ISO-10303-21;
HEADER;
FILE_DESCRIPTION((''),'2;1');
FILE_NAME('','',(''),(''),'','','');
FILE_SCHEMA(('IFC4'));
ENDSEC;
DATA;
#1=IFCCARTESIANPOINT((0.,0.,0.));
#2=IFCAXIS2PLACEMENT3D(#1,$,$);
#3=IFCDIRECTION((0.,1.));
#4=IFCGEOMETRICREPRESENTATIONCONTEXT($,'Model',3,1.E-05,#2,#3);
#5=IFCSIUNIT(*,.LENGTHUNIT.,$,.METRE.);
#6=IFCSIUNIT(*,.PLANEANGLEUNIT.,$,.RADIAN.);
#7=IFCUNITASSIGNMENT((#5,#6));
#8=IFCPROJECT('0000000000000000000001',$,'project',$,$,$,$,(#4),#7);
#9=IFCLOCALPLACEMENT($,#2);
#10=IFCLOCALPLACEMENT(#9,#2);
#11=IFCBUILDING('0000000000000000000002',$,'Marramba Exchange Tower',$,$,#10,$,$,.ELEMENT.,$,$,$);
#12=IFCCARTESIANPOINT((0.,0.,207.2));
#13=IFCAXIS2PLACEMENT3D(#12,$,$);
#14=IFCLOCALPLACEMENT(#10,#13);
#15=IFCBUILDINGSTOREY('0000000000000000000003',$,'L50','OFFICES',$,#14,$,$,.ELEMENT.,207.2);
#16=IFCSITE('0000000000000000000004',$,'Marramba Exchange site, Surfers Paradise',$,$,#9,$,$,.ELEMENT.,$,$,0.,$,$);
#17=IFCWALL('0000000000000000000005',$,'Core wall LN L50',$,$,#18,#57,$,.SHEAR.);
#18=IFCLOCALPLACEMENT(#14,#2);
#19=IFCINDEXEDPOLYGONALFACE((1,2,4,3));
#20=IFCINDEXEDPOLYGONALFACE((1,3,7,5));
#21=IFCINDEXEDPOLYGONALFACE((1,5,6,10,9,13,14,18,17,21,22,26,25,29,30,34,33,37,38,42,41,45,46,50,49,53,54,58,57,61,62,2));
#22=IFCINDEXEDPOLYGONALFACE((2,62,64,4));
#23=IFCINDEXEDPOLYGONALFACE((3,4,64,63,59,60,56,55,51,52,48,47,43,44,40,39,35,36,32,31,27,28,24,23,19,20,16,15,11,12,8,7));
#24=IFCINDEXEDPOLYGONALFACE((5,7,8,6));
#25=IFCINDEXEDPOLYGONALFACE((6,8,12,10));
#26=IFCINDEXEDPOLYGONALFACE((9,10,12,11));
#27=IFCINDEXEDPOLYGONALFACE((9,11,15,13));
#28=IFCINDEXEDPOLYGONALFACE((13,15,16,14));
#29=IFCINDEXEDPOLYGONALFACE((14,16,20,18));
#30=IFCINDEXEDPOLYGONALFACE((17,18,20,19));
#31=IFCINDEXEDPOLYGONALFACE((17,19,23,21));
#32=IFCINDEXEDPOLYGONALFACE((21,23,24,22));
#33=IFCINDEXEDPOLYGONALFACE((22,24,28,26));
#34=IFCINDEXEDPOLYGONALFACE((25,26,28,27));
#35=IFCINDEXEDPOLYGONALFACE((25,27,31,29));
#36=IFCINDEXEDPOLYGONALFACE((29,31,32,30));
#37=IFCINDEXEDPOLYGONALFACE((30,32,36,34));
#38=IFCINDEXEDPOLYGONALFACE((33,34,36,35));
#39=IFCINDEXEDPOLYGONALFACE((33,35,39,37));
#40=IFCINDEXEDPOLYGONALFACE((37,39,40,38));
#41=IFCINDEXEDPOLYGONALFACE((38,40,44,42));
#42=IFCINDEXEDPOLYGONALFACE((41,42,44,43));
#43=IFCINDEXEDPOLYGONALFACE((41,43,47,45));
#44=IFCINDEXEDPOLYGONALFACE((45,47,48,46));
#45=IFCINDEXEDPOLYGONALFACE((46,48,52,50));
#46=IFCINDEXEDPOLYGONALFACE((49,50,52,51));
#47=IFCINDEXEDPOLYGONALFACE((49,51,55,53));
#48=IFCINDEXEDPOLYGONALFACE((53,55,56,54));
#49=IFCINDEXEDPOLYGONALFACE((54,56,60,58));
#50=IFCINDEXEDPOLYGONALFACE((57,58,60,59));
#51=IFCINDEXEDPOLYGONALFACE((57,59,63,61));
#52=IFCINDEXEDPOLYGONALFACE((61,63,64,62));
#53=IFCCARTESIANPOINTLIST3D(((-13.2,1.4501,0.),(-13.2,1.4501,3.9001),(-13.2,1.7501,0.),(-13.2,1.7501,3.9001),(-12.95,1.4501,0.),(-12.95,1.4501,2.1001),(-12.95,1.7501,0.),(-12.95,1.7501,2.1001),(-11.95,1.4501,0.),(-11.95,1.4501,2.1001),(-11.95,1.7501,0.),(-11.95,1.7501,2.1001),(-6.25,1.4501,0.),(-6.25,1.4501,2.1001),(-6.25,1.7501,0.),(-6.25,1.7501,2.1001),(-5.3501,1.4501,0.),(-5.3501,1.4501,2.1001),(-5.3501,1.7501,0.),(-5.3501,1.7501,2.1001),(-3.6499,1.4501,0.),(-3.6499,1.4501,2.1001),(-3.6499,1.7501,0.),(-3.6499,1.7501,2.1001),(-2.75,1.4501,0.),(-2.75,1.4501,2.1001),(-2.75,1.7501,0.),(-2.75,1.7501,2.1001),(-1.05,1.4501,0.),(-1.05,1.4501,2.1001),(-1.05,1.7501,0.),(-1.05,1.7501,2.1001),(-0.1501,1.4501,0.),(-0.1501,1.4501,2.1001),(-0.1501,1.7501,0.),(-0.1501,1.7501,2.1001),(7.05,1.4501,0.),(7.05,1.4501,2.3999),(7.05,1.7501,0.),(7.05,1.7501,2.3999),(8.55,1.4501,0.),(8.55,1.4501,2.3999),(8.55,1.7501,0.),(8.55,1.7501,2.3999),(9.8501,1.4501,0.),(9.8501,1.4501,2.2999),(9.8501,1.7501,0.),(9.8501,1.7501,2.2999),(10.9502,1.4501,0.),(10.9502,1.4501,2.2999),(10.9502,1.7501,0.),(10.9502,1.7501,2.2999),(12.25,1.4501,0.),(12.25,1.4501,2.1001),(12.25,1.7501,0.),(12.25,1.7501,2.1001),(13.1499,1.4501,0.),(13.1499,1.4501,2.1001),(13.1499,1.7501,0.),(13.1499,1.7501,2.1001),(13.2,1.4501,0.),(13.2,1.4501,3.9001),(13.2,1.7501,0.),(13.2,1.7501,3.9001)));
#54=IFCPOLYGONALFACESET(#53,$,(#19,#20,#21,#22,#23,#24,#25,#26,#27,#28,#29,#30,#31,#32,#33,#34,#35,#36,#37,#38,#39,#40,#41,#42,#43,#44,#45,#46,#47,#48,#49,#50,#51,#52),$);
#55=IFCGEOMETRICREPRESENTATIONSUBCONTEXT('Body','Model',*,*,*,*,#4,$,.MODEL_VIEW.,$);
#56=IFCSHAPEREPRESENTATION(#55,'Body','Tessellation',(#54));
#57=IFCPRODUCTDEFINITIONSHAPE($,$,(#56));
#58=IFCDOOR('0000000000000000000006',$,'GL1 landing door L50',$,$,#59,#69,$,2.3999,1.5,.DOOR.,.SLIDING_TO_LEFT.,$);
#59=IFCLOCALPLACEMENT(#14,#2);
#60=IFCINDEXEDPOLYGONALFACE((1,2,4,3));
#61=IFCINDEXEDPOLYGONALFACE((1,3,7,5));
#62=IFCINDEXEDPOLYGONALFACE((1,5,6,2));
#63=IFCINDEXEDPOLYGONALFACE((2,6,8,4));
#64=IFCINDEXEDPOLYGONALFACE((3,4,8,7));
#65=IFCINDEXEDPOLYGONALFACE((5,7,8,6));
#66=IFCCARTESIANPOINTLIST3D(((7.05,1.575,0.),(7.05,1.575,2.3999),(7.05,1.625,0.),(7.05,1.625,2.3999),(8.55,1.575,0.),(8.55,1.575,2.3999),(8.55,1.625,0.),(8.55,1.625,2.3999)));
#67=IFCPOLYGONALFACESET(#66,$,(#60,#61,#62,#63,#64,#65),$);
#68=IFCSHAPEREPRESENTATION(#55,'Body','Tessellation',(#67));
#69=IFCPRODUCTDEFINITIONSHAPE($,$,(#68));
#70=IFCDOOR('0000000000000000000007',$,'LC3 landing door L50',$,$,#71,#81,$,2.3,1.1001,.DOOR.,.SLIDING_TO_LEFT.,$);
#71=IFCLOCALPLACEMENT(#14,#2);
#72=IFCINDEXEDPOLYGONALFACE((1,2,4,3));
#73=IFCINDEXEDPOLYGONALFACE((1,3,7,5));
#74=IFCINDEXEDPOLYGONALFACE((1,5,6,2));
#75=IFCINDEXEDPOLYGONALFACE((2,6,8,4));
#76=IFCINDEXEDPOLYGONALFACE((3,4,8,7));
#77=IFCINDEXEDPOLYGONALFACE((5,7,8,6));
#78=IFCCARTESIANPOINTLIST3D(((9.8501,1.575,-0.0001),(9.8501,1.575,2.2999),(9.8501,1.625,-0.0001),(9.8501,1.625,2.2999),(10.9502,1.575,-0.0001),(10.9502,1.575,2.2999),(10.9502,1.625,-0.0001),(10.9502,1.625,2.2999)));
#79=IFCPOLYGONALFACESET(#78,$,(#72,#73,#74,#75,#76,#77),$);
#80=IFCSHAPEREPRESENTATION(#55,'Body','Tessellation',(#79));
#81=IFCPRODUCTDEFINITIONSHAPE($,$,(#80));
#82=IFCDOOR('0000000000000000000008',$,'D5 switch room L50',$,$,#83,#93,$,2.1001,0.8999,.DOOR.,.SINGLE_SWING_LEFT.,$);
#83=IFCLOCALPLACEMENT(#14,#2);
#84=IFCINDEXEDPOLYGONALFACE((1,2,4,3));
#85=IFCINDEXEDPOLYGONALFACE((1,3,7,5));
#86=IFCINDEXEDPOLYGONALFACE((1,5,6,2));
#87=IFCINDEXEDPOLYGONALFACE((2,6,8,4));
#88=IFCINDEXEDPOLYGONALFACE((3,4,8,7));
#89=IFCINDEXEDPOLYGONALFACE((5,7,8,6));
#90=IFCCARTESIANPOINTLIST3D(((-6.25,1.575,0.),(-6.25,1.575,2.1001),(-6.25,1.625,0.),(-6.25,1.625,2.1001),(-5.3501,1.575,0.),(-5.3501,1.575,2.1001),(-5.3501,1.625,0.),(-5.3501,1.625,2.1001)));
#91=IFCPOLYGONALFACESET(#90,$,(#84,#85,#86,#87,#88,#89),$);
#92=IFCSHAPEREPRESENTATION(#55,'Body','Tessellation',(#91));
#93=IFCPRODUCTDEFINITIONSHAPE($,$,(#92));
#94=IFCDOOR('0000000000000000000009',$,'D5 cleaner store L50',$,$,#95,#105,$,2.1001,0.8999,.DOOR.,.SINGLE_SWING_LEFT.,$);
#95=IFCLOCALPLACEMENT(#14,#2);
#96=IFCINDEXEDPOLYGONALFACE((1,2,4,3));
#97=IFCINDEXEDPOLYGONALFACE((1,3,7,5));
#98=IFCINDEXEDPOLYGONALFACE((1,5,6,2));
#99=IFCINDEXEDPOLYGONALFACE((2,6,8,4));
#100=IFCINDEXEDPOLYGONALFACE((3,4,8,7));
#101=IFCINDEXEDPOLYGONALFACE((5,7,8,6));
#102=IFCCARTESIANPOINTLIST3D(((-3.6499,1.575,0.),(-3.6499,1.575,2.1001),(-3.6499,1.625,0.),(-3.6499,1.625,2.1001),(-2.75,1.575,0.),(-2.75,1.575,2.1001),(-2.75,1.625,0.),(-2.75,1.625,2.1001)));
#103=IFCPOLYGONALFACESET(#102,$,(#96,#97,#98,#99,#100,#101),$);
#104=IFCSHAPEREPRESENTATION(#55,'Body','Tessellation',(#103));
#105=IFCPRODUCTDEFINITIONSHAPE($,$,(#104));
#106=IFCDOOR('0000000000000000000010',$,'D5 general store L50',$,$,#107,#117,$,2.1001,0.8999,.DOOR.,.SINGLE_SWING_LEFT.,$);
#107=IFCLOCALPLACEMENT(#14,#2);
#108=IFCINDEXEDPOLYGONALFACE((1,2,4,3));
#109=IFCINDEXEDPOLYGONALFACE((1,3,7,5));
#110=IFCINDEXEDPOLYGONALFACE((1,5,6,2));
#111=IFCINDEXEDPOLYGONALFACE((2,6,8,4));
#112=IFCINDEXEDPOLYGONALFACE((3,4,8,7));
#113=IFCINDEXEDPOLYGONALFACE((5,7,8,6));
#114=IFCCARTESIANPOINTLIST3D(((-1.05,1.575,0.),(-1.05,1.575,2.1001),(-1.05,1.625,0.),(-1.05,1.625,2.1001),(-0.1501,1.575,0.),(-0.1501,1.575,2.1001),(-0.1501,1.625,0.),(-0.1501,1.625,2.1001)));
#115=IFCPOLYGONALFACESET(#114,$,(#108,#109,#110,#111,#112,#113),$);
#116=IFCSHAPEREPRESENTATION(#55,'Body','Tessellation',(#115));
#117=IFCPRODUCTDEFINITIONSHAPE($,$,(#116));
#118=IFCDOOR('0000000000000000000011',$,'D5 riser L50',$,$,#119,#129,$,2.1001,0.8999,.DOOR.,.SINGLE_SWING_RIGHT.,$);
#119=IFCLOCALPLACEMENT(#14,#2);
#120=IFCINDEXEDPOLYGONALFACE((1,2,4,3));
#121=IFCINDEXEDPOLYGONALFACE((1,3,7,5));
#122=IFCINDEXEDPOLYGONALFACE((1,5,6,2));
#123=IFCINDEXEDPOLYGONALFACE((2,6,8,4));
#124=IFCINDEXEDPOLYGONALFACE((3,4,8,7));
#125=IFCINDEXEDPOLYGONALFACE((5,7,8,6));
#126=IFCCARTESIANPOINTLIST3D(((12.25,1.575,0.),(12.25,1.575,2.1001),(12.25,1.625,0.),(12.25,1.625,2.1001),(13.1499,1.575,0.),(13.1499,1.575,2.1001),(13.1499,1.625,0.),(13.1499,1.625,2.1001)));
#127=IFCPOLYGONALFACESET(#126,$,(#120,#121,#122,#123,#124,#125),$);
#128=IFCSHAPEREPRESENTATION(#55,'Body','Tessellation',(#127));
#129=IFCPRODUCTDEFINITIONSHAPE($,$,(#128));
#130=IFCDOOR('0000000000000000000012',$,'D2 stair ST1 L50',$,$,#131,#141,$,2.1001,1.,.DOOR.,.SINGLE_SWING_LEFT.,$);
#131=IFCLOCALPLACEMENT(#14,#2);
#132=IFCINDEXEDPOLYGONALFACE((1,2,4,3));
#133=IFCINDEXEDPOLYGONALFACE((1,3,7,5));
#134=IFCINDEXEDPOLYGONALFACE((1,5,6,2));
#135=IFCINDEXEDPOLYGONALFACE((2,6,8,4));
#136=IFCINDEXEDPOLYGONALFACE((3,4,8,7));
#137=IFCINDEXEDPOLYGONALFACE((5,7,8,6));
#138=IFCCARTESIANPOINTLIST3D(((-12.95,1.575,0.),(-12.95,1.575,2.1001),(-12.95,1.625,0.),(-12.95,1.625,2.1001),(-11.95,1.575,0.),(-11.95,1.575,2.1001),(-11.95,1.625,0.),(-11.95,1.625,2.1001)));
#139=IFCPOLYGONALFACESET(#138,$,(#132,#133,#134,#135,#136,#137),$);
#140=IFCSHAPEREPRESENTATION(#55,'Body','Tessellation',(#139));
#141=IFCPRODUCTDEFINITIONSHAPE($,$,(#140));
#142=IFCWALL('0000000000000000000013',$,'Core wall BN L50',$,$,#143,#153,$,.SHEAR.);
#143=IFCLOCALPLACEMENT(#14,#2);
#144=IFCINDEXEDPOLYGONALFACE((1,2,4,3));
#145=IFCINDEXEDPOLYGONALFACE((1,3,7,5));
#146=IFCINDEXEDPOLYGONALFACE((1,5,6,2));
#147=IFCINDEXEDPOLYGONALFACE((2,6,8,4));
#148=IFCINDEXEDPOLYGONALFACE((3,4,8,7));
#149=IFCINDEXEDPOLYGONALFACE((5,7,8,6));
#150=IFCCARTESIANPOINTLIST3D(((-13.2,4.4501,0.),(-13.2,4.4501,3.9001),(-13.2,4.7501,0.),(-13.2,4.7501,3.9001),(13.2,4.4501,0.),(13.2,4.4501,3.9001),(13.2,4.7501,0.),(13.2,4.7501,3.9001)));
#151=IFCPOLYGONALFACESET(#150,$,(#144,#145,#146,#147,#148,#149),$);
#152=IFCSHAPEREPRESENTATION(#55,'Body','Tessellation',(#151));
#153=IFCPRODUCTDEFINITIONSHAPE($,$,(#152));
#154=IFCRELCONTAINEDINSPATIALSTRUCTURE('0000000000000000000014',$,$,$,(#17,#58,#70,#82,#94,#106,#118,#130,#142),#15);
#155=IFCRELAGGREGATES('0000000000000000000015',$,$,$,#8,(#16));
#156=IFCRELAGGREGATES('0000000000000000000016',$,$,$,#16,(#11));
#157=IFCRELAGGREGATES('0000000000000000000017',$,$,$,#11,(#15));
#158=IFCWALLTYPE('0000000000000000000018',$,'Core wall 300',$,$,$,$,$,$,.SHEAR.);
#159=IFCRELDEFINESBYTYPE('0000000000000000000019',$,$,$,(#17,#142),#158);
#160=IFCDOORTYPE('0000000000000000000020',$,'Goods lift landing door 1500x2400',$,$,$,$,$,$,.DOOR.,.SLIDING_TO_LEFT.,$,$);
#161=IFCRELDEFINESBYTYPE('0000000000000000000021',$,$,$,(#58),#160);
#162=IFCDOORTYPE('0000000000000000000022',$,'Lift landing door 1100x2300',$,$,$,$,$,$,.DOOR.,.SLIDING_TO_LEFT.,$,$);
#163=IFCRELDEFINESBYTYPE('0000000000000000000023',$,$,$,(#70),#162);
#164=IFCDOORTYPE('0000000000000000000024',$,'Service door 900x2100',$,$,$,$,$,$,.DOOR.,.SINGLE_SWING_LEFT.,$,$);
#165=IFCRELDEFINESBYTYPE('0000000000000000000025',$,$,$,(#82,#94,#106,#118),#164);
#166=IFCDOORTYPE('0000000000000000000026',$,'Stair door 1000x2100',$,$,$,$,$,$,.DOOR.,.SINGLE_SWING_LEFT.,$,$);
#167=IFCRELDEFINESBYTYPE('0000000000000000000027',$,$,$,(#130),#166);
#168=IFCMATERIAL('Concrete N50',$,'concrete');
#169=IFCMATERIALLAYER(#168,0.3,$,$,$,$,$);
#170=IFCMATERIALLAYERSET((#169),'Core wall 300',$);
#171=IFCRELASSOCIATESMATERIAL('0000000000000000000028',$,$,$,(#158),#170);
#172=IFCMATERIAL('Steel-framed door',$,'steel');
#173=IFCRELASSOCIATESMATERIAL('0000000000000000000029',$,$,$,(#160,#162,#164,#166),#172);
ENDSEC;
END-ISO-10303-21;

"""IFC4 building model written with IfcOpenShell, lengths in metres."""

from ifc_helpers import new_model, si_unit, direction, frame, frame_2d, origin, place, context, subcontext, project, spatial, rectangle, extrude, material, layer, layer_set, type_object, element, fill, save


model = new_model("IFC4")

# Units and contexts
model_context = context("Model", 3, precision=1e-05, world=origin(), true_north=direction((0.0, 1.0)))
body_context = subcontext(model_context, "Body", "Model", "MODEL_VIEW")
ifc_project = project(units=[si_unit("LENGTHUNIT", "METRE"), si_unit("PLANEANGLEUNIT", "RADIAN")], contexts=[model_context])

# Site, building, storey
site_placement = place(None, origin())
site = spatial("IfcSite", under=ifc_project, at=site_placement, Name="Marramba Exchange site, Surfers Paradise", CompositionType="ELEMENT", RefElevation=0.0)
building_placement = place(site_placement, origin())
building = spatial("IfcBuilding", under=site, at=building_placement, Name="Marramba Exchange Tower", CompositionType="ELEMENT")
storey_placement = place(building_placement, frame((0.0, 0.0, 207.2)))
storey = spatial("IfcBuildingStorey", under=building, at=storey_placement, Name="L50", Description="OFFICES", CompositionType="ELEMENT", Elevation=207.2)

# Shared definitions
ifc_material_1 = material(Name="Concrete N50", Category="concrete")
ifc_material_2 = material(Name="Steel-framed door", Category="steel")

# Wall, openings, doors
ifc_layer_1 = layer(ifc_material_1, 0.3)
ifc_layer_set_1 = layer_set([ifc_layer_1], Name="Core wall 300")
wall_type_1 = type_object("IfcWallType", Name="Core wall 300", PredefinedType="SHEAR", material=ifc_layer_set_1)
wall_1_placement = place(storey_placement, frame((-13.2, 1.6001, 0.0), z_axis=(0.0, 0.0, 1.0), x_axis=(1.0, 0.0, 0.0)))
wall_1 = element("IfcWall", 1, at=wall_1_placement, inside=storey, type_object=wall_type_1, Name="Core wall LN L50", PredefinedType="SHEAR", context=body_context, shape_type="SweptSolid", body=[
    extrude(rectangle(XDim=26.3999, YDim=0.3, at=frame_2d((13.2, 0.0))), origin(), (0.0, 0.0, 1.0), 3.9001),
])
opening_1_placement = place(wall_1_placement, frame((0.25, 0.0, 0.0)))
opening_1 = element("IfcOpeningElement", 2, at=opening_1_placement, cuts=wall_1, PredefinedType="OPENING", context=body_context, shape_type="SweptSolid", body=[
    extrude(rectangle(XDim=1.0, YDim=2.1001, at=frame_2d((0.5, 1.05))), frame((0.0, 0.1599, 0.0), z_axis=(0.0, -1.0, 0.0), x_axis=(1.0, 0.0, 0.0)), (0.0, 0.0, 1.0), 0.3201),
])
opening_2_placement = place(wall_1_placement, frame((23.05, 0.0, 0.0)))
opening_2 = element("IfcOpeningElement", 3, at=opening_2_placement, cuts=wall_1, PredefinedType="OPENING", context=body_context, shape_type="SweptSolid", body=[
    extrude(rectangle(XDim=1.1001, YDim=2.3, at=frame_2d((0.55, 1.1499))), frame((0.0, 0.1599, 0.0), z_axis=(0.0, -1.0, 0.0), x_axis=(1.0, 0.0, 0.0)), (0.0, 0.0, 1.0), 0.3201),
])
opening_3_placement = place(wall_1_placement, frame((20.25, 0.0, 0.0)))
opening_3 = element("IfcOpeningElement", 4, at=opening_3_placement, cuts=wall_1, PredefinedType="OPENING", context=body_context, shape_type="SweptSolid", body=[
    extrude(rectangle(XDim=1.5, YDim=2.3999, at=frame_2d((0.75, 1.2))), frame((0.0, 0.1599, 0.0), z_axis=(0.0, -1.0, 0.0), x_axis=(1.0, 0.0, 0.0)), (0.0, 0.0, 1.0), 0.3201),
])
opening_4_placement = place(wall_1_placement, frame((6.95, 0.0, 0.0)))
opening_4 = element("IfcOpeningElement", 5, at=opening_4_placement, cuts=wall_1, PredefinedType="OPENING", context=body_context, shape_type="SweptSolid", body=[
    extrude(rectangle(XDim=0.8999, YDim=2.1001, at=frame_2d((0.45, 1.05))), frame((0.0, 0.1599, 0.0), z_axis=(0.0, -1.0, 0.0), x_axis=(1.0, 0.0, 0.0)), (0.0, 0.0, 1.0), 0.3201),
])
opening_5_placement = place(wall_1_placement, frame((9.55, 0.0, 0.0)))
opening_5 = element("IfcOpeningElement", 6, at=opening_5_placement, cuts=wall_1, PredefinedType="OPENING", context=body_context, shape_type="SweptSolid", body=[
    extrude(rectangle(XDim=0.8999, YDim=2.1001, at=frame_2d((0.45, 1.05))), frame((0.0, 0.1599, 0.0), z_axis=(0.0, -1.0, 0.0), x_axis=(1.0, 0.0, 0.0)), (0.0, 0.0, 1.0), 0.3201),
])
opening_6_placement = place(wall_1_placement, frame((12.1499, 0.0, 0.0)))
opening_6 = element("IfcOpeningElement", 7, at=opening_6_placement, cuts=wall_1, PredefinedType="OPENING", context=body_context, shape_type="SweptSolid", body=[
    extrude(rectangle(XDim=0.8999, YDim=2.1001, at=frame_2d((0.45, 1.05))), frame((0.0, 0.1599, 0.0), z_axis=(0.0, -1.0, 0.0), x_axis=(1.0, 0.0, 0.0)), (0.0, 0.0, 1.0), 0.3201),
])
opening_7_placement = place(wall_1_placement, frame((25.45, 0.0, 0.0)))
opening_7 = element("IfcOpeningElement", 8, at=opening_7_placement, cuts=wall_1, PredefinedType="OPENING", context=body_context, shape_type="SweptSolid", body=[
    extrude(rectangle(XDim=0.8999, YDim=2.1001, at=frame_2d((0.45, 1.05))), frame((0.0, 0.1599, 0.0), z_axis=(0.0, -1.0, 0.0), x_axis=(1.0, 0.0, 0.0)), (0.0, 0.0, 1.0), 0.3201),
])
door_type_1 = type_object("IfcDoorType", Name="Goods lift landing door 1500x2400", OperationType="SLIDING_TO_LEFT", PredefinedType="DOOR", material=ifc_material_2)
door_1_placement = place(opening_3_placement, origin())
door_1 = element("IfcDoor", 9, at=door_1_placement, inside=storey, type_object=door_type_1, Name="GL1 landing door L50", OperationType="SLIDING_TO_LEFT", OverallHeight=2.3999, OverallWidth=1.5, PredefinedType="DOOR", context=body_context, shape_type="SweptSolid", body=[
    extrude(rectangle(XDim=1.5, YDim=2.3999, at=frame_2d((0.75, 1.2))), frame((0.0, 0.0249, 0.0), z_axis=(0.0, -1.0, 0.0), x_axis=(1.0, 0.0, 0.0)), (0.0, 0.0, 1.0), 0.05),
])
fill(opening_3, door_1)
door_type_2 = type_object("IfcDoorType", Name="Lift landing door 1100x2300", OperationType="SLIDING_TO_LEFT", PredefinedType="DOOR", material=ifc_material_2)
door_2_placement = place(opening_2_placement, origin())
door_2 = element("IfcDoor", 10, at=door_2_placement, inside=storey, type_object=door_type_2, Name="LC3 landing door L50", OperationType="SLIDING_TO_LEFT", OverallHeight=2.3, OverallWidth=1.1001, PredefinedType="DOOR", context=body_context, shape_type="SweptSolid", body=[
    extrude(rectangle(XDim=1.1001, YDim=2.3, at=frame_2d((0.55, 1.1499))), frame((0.0, 0.0249, 0.0), z_axis=(0.0, -1.0, 0.0), x_axis=(1.0, 0.0, 0.0)), (0.0, 0.0, 1.0), 0.05),
])
fill(opening_2, door_2)
door_type_3 = type_object("IfcDoorType", Name="Service door 900x2100", OperationType="SINGLE_SWING_LEFT", PredefinedType="DOOR", material=ifc_material_2)
door_3_placement = place(opening_4_placement, origin())
door_3 = element("IfcDoor", 11, at=door_3_placement, inside=storey, type_object=door_type_3, Name="D5 switch room L50", OperationType="SINGLE_SWING_LEFT", OverallHeight=2.1001, OverallWidth=0.8999, PredefinedType="DOOR", context=body_context, shape_type="SweptSolid", body=[
    extrude(rectangle(XDim=0.8999, YDim=2.1001, at=frame_2d((0.45, 1.05))), frame((0.0, 0.0249, 0.0), z_axis=(0.0, -1.0, 0.0), x_axis=(1.0, 0.0, 0.0)), (0.0, 0.0, 1.0), 0.05),
])
fill(opening_4, door_3)
door_4_placement = place(opening_5_placement, origin())
door_4 = element("IfcDoor", 12, at=door_4_placement, inside=storey, type_object=door_type_3, Name="D5 cleaner store L50", OperationType="SINGLE_SWING_LEFT", OverallHeight=2.1001, OverallWidth=0.8999, PredefinedType="DOOR", context=body_context, shape_type="SweptSolid", body=[
    extrude(rectangle(XDim=0.8999, YDim=2.1001, at=frame_2d((0.45, 1.05))), frame((0.0, 0.0249, 0.0), z_axis=(0.0, -1.0, 0.0), x_axis=(1.0, 0.0, 0.0)), (0.0, 0.0, 1.0), 0.05),
])
fill(opening_5, door_4)
door_5_placement = place(opening_6_placement, origin())
door_5 = element("IfcDoor", 13, at=door_5_placement, inside=storey, type_object=door_type_3, Name="D5 general store L50", OperationType="SINGLE_SWING_LEFT", OverallHeight=2.1001, OverallWidth=0.8999, PredefinedType="DOOR", context=body_context, shape_type="SweptSolid", body=[
    extrude(rectangle(XDim=0.8999, YDim=2.1001, at=frame_2d((0.45, 1.05))), frame((0.0, 0.0249, 0.0), z_axis=(0.0, -1.0, 0.0), x_axis=(1.0, 0.0, 0.0)), (0.0, 0.0, 1.0), 0.05),
])
fill(opening_6, door_5)
door_6_placement = place(opening_7_placement, origin())
door_6 = element("IfcDoor", 14, at=door_6_placement, inside=storey, type_object=door_type_3, Name="D5 riser L50", OperationType="SINGLE_SWING_RIGHT", OverallHeight=2.1001, OverallWidth=0.8999, PredefinedType="DOOR", context=body_context, shape_type="SweptSolid", body=[
    extrude(rectangle(XDim=0.8999, YDim=2.1001, at=frame_2d((0.45, 1.05))), frame((0.0, 0.0249, 0.0), z_axis=(0.0, -1.0, 0.0), x_axis=(1.0, 0.0, 0.0)), (0.0, 0.0, 1.0), 0.05),
])
fill(opening_7, door_6)
door_type_4 = type_object("IfcDoorType", Name="Stair door 1000x2100", OperationType="SINGLE_SWING_LEFT", PredefinedType="DOOR", material=ifc_material_2)
door_7_placement = place(opening_1_placement, origin())
door_7 = element("IfcDoor", 15, at=door_7_placement, inside=storey, type_object=door_type_4, Name="D2 stair ST1 L50", OperationType="SINGLE_SWING_LEFT", OverallHeight=2.1001, OverallWidth=1.0, PredefinedType="DOOR", context=body_context, shape_type="SweptSolid", body=[
    extrude(rectangle(XDim=1.0, YDim=2.1001, at=frame_2d((0.5, 1.05))), frame((0.0, 0.0249, 0.0), z_axis=(0.0, -1.0, 0.0), x_axis=(1.0, 0.0, 0.0)), (0.0, 0.0, 1.0), 0.05),
])
fill(opening_1, door_7)

# Wall
wall_2_placement = place(storey_placement, frame((-13.2, 4.6001, 0.0), z_axis=(0.0, 0.0, 1.0), x_axis=(1.0, 0.0, 0.0)))
element("IfcWall", 16, at=wall_2_placement, inside=storey, type_object=wall_type_1, Name="Core wall BN L50", PredefinedType="SHEAR", context=body_context, shape_type="SweptSolid", body=[
    extrude(rectangle(XDim=26.3999, YDim=0.3, at=frame_2d((13.2, 0.0))), origin(), (0.0, 0.0, 1.0), 3.9001),
])

save(model, "model.ifc")
